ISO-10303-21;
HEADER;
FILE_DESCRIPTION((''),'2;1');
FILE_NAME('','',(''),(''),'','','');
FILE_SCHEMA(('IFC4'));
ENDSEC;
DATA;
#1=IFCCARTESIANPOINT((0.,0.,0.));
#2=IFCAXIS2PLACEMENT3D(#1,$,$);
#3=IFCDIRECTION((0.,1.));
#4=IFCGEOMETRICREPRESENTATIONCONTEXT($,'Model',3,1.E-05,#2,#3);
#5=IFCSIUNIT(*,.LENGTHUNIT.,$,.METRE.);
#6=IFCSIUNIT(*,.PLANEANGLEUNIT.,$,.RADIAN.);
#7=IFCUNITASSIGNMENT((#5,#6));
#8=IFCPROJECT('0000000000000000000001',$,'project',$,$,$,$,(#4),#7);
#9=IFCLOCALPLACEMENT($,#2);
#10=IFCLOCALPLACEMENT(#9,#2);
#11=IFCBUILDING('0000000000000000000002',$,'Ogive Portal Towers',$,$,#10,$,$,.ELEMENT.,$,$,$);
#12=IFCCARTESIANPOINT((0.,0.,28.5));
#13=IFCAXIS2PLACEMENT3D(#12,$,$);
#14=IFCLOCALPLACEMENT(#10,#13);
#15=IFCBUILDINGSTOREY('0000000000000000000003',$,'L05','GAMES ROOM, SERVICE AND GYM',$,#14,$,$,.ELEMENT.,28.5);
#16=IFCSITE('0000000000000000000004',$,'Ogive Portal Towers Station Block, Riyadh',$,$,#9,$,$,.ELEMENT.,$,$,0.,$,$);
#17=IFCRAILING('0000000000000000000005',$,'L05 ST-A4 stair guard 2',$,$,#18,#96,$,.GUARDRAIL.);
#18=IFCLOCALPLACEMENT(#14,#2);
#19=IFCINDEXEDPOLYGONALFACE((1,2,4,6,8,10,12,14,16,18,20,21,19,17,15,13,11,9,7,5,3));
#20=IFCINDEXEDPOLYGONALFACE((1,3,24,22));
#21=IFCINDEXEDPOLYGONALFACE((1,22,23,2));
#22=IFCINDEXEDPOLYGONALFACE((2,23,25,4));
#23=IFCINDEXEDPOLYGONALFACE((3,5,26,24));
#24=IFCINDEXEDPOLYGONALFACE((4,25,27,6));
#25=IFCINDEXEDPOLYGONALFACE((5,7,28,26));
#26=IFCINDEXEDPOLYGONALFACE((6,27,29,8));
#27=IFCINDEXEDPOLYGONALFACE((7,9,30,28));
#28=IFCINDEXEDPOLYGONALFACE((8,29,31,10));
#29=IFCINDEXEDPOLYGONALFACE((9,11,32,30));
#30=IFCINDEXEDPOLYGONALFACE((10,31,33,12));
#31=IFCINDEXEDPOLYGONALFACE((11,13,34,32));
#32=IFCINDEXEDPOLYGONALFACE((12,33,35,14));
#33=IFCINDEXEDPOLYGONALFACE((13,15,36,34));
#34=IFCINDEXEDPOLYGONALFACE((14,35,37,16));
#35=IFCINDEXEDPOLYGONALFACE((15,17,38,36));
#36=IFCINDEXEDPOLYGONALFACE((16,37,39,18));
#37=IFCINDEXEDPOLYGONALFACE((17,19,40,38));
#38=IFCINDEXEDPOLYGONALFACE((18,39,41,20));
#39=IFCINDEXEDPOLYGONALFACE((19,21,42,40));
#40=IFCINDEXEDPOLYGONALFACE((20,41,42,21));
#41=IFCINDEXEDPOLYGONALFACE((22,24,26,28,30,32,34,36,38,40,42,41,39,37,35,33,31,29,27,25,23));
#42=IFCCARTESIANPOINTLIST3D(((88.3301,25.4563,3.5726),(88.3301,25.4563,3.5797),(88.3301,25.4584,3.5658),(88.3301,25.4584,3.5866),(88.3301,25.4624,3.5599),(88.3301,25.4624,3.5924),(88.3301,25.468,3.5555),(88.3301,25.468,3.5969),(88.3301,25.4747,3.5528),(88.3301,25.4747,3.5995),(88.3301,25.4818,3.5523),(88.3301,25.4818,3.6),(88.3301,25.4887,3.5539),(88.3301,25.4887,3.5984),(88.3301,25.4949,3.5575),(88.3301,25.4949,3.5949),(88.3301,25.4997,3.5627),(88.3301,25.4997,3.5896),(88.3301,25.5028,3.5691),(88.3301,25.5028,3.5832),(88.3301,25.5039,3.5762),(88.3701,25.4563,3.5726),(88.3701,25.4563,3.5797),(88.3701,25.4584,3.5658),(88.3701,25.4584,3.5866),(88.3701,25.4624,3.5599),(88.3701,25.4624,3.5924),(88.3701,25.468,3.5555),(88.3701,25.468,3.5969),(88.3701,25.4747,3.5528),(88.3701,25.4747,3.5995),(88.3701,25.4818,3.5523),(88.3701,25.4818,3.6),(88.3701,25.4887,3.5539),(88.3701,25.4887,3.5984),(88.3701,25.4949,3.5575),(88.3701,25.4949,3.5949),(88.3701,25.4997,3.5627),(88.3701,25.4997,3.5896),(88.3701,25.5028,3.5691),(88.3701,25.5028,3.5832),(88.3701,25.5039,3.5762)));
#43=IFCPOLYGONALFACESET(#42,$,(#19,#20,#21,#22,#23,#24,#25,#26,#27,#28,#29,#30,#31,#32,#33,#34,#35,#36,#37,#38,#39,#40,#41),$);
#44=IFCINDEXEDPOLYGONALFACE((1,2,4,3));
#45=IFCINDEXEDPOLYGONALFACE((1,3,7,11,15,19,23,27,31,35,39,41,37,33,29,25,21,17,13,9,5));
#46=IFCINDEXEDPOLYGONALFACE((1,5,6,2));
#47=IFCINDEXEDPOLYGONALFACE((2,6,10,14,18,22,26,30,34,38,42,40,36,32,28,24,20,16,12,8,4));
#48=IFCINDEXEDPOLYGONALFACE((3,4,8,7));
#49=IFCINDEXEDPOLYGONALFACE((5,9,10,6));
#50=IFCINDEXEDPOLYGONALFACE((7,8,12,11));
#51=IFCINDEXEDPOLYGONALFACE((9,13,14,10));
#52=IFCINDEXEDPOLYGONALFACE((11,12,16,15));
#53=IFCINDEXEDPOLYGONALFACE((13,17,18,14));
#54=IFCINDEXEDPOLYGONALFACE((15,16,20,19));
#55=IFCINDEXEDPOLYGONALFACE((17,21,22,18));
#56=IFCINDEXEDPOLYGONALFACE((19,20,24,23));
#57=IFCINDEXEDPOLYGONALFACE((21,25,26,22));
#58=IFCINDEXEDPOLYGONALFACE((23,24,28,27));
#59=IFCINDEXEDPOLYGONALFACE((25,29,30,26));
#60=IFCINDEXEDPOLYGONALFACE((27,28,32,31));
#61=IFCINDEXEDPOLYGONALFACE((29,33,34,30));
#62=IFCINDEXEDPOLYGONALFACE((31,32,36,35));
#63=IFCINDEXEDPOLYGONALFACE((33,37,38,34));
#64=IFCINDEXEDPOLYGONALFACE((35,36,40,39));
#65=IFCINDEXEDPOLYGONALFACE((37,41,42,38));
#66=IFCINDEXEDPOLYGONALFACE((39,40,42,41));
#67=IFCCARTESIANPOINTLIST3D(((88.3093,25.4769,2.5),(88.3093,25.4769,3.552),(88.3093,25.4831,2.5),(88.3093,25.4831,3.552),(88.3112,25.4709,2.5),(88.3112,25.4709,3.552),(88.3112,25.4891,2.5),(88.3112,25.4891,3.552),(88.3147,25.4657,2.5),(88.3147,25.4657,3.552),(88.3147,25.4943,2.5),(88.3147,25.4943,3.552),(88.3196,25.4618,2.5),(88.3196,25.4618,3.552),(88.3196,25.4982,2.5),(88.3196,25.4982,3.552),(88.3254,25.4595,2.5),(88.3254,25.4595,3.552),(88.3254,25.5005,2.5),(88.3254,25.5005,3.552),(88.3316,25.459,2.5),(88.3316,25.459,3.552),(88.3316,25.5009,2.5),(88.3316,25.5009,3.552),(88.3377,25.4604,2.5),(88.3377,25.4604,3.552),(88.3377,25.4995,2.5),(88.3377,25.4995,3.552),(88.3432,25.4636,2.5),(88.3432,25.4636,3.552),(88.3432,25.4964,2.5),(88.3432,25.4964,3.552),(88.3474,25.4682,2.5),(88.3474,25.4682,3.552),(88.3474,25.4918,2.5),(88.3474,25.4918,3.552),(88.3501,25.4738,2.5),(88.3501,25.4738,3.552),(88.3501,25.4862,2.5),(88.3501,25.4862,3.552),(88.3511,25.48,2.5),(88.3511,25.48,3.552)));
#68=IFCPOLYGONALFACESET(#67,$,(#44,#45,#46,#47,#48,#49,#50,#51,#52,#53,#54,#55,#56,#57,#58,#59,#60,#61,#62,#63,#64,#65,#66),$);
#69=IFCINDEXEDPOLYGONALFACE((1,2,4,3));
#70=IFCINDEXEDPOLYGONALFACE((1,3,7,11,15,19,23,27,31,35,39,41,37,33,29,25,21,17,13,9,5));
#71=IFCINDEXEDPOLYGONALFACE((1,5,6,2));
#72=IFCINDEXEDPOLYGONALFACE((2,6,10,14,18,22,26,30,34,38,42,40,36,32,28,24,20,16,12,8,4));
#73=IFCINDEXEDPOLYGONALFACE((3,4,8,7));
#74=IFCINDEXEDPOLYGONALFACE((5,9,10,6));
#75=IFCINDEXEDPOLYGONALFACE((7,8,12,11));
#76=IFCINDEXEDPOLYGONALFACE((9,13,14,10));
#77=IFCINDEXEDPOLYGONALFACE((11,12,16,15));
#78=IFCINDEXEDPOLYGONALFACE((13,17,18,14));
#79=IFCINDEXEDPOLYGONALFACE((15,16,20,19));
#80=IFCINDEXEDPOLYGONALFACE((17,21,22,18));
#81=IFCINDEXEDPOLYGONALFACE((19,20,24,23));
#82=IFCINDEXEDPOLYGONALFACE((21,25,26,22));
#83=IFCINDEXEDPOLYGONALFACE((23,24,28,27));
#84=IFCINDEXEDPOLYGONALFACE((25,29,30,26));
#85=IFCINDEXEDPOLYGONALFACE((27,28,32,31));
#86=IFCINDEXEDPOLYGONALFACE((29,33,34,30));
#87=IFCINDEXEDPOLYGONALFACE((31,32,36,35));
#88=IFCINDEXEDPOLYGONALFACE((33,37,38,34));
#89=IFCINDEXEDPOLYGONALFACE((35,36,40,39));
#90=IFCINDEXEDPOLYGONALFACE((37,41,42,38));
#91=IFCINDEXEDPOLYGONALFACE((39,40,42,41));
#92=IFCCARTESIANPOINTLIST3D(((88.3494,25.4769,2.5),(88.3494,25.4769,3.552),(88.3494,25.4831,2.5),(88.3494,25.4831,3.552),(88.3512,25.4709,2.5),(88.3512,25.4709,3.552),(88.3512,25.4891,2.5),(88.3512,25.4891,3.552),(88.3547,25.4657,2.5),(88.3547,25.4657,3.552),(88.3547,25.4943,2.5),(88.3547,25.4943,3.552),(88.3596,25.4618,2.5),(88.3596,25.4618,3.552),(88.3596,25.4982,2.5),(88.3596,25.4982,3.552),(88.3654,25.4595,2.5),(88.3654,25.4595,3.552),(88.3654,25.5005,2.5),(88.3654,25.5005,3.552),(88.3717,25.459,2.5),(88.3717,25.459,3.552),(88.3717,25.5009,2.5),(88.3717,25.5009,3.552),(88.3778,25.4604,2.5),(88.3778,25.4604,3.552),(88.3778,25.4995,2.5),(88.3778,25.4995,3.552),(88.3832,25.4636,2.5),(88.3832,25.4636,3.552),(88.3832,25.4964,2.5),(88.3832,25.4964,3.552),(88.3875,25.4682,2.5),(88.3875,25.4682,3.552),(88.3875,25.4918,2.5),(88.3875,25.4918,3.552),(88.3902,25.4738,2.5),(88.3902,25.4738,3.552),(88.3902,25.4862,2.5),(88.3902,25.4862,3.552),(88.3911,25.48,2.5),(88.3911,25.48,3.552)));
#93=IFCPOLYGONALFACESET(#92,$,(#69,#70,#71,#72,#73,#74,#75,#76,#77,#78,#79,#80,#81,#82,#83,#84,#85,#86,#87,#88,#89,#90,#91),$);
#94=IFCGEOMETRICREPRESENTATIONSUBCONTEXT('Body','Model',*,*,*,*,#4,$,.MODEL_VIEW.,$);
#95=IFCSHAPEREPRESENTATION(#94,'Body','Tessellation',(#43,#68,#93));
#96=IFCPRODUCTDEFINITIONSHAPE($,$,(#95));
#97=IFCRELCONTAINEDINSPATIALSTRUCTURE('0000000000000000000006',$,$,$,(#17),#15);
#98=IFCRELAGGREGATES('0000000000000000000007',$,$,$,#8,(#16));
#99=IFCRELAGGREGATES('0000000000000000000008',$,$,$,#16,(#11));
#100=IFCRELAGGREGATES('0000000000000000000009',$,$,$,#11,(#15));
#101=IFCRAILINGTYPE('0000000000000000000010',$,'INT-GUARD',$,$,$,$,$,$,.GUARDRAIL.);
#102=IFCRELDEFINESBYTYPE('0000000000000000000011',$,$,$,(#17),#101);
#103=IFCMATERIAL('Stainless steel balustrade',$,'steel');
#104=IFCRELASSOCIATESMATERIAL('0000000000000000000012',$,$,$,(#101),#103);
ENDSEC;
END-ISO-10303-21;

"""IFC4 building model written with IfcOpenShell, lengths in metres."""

from ifc_helpers import new_model, si_unit, direction, frame, origin, origin_2d, place, context, subcontext, project, spatial, circle, extrude, material, type_object, element, save


model = new_model("IFC4")

# Units and contexts
model_context = context("Model", 3, precision=1e-05, world=origin(), true_north=direction((0.0, 1.0)))
body_context = subcontext(model_context, "Body", "Model", "MODEL_VIEW")
ifc_project = project(units=[si_unit("LENGTHUNIT", "METRE"), si_unit("PLANEANGLEUNIT", "RADIAN")], contexts=[model_context])

# Site, building, storey
site_placement = place(None, origin())
site = spatial("IfcSite", under=ifc_project, at=site_placement, Name="Ogive Portal Towers Station Block, Riyadh", CompositionType="ELEMENT", RefElevation=0.0)
building_placement = place(site_placement, origin())
building = spatial("IfcBuilding", under=site, at=building_placement, Name="Ogive Portal Towers", CompositionType="ELEMENT")
storey_placement = place(building_placement, frame((0.0, 0.0, 28.5)))
storey = spatial("IfcBuildingStorey", under=building, at=storey_placement, Name="L05", Description="GAMES ROOM, SERVICE AND GYM", CompositionType="ELEMENT", Elevation=28.5)

# Railing
ifc_material_1 = material(Name="Stainless steel balustrade", Category="steel")
railing_type_1 = type_object("IfcRailingType", Name="INT-GUARD", PredefinedType="GUARDRAIL", material=ifc_material_1)
railing_1_placement = place(storey_placement, frame((88.3301, 25.48, 2.5)))
element("IfcRailing", 1, at=railing_1_placement, inside=storey, type_object=railing_type_1, Name="L05 ST-A4 stair guard 2", PredefinedType="GUARDRAIL", context=body_context, shape_type="SweptSolid", body=[
    extrude(circle(Radius=0.0239, at=origin_2d()), frame((0.0, 0.0, 1.0762), z_axis=(1.0, 0.0, 0.0), x_axis=(0.0, 1.0, 0.0)), (0.0, 0.0, 1.0), 0.04),
    extrude(circle(Radius=0.021, at=origin_2d()), origin(), (0.0, 0.0, 1.0), 1.052),
    extrude(circle(Radius=0.021, at=origin_2d()), frame((0.04, 0.0, 0.0)), (0.0, 0.0, 1.0), 1.052),
])

save(model, "model.ifc")
